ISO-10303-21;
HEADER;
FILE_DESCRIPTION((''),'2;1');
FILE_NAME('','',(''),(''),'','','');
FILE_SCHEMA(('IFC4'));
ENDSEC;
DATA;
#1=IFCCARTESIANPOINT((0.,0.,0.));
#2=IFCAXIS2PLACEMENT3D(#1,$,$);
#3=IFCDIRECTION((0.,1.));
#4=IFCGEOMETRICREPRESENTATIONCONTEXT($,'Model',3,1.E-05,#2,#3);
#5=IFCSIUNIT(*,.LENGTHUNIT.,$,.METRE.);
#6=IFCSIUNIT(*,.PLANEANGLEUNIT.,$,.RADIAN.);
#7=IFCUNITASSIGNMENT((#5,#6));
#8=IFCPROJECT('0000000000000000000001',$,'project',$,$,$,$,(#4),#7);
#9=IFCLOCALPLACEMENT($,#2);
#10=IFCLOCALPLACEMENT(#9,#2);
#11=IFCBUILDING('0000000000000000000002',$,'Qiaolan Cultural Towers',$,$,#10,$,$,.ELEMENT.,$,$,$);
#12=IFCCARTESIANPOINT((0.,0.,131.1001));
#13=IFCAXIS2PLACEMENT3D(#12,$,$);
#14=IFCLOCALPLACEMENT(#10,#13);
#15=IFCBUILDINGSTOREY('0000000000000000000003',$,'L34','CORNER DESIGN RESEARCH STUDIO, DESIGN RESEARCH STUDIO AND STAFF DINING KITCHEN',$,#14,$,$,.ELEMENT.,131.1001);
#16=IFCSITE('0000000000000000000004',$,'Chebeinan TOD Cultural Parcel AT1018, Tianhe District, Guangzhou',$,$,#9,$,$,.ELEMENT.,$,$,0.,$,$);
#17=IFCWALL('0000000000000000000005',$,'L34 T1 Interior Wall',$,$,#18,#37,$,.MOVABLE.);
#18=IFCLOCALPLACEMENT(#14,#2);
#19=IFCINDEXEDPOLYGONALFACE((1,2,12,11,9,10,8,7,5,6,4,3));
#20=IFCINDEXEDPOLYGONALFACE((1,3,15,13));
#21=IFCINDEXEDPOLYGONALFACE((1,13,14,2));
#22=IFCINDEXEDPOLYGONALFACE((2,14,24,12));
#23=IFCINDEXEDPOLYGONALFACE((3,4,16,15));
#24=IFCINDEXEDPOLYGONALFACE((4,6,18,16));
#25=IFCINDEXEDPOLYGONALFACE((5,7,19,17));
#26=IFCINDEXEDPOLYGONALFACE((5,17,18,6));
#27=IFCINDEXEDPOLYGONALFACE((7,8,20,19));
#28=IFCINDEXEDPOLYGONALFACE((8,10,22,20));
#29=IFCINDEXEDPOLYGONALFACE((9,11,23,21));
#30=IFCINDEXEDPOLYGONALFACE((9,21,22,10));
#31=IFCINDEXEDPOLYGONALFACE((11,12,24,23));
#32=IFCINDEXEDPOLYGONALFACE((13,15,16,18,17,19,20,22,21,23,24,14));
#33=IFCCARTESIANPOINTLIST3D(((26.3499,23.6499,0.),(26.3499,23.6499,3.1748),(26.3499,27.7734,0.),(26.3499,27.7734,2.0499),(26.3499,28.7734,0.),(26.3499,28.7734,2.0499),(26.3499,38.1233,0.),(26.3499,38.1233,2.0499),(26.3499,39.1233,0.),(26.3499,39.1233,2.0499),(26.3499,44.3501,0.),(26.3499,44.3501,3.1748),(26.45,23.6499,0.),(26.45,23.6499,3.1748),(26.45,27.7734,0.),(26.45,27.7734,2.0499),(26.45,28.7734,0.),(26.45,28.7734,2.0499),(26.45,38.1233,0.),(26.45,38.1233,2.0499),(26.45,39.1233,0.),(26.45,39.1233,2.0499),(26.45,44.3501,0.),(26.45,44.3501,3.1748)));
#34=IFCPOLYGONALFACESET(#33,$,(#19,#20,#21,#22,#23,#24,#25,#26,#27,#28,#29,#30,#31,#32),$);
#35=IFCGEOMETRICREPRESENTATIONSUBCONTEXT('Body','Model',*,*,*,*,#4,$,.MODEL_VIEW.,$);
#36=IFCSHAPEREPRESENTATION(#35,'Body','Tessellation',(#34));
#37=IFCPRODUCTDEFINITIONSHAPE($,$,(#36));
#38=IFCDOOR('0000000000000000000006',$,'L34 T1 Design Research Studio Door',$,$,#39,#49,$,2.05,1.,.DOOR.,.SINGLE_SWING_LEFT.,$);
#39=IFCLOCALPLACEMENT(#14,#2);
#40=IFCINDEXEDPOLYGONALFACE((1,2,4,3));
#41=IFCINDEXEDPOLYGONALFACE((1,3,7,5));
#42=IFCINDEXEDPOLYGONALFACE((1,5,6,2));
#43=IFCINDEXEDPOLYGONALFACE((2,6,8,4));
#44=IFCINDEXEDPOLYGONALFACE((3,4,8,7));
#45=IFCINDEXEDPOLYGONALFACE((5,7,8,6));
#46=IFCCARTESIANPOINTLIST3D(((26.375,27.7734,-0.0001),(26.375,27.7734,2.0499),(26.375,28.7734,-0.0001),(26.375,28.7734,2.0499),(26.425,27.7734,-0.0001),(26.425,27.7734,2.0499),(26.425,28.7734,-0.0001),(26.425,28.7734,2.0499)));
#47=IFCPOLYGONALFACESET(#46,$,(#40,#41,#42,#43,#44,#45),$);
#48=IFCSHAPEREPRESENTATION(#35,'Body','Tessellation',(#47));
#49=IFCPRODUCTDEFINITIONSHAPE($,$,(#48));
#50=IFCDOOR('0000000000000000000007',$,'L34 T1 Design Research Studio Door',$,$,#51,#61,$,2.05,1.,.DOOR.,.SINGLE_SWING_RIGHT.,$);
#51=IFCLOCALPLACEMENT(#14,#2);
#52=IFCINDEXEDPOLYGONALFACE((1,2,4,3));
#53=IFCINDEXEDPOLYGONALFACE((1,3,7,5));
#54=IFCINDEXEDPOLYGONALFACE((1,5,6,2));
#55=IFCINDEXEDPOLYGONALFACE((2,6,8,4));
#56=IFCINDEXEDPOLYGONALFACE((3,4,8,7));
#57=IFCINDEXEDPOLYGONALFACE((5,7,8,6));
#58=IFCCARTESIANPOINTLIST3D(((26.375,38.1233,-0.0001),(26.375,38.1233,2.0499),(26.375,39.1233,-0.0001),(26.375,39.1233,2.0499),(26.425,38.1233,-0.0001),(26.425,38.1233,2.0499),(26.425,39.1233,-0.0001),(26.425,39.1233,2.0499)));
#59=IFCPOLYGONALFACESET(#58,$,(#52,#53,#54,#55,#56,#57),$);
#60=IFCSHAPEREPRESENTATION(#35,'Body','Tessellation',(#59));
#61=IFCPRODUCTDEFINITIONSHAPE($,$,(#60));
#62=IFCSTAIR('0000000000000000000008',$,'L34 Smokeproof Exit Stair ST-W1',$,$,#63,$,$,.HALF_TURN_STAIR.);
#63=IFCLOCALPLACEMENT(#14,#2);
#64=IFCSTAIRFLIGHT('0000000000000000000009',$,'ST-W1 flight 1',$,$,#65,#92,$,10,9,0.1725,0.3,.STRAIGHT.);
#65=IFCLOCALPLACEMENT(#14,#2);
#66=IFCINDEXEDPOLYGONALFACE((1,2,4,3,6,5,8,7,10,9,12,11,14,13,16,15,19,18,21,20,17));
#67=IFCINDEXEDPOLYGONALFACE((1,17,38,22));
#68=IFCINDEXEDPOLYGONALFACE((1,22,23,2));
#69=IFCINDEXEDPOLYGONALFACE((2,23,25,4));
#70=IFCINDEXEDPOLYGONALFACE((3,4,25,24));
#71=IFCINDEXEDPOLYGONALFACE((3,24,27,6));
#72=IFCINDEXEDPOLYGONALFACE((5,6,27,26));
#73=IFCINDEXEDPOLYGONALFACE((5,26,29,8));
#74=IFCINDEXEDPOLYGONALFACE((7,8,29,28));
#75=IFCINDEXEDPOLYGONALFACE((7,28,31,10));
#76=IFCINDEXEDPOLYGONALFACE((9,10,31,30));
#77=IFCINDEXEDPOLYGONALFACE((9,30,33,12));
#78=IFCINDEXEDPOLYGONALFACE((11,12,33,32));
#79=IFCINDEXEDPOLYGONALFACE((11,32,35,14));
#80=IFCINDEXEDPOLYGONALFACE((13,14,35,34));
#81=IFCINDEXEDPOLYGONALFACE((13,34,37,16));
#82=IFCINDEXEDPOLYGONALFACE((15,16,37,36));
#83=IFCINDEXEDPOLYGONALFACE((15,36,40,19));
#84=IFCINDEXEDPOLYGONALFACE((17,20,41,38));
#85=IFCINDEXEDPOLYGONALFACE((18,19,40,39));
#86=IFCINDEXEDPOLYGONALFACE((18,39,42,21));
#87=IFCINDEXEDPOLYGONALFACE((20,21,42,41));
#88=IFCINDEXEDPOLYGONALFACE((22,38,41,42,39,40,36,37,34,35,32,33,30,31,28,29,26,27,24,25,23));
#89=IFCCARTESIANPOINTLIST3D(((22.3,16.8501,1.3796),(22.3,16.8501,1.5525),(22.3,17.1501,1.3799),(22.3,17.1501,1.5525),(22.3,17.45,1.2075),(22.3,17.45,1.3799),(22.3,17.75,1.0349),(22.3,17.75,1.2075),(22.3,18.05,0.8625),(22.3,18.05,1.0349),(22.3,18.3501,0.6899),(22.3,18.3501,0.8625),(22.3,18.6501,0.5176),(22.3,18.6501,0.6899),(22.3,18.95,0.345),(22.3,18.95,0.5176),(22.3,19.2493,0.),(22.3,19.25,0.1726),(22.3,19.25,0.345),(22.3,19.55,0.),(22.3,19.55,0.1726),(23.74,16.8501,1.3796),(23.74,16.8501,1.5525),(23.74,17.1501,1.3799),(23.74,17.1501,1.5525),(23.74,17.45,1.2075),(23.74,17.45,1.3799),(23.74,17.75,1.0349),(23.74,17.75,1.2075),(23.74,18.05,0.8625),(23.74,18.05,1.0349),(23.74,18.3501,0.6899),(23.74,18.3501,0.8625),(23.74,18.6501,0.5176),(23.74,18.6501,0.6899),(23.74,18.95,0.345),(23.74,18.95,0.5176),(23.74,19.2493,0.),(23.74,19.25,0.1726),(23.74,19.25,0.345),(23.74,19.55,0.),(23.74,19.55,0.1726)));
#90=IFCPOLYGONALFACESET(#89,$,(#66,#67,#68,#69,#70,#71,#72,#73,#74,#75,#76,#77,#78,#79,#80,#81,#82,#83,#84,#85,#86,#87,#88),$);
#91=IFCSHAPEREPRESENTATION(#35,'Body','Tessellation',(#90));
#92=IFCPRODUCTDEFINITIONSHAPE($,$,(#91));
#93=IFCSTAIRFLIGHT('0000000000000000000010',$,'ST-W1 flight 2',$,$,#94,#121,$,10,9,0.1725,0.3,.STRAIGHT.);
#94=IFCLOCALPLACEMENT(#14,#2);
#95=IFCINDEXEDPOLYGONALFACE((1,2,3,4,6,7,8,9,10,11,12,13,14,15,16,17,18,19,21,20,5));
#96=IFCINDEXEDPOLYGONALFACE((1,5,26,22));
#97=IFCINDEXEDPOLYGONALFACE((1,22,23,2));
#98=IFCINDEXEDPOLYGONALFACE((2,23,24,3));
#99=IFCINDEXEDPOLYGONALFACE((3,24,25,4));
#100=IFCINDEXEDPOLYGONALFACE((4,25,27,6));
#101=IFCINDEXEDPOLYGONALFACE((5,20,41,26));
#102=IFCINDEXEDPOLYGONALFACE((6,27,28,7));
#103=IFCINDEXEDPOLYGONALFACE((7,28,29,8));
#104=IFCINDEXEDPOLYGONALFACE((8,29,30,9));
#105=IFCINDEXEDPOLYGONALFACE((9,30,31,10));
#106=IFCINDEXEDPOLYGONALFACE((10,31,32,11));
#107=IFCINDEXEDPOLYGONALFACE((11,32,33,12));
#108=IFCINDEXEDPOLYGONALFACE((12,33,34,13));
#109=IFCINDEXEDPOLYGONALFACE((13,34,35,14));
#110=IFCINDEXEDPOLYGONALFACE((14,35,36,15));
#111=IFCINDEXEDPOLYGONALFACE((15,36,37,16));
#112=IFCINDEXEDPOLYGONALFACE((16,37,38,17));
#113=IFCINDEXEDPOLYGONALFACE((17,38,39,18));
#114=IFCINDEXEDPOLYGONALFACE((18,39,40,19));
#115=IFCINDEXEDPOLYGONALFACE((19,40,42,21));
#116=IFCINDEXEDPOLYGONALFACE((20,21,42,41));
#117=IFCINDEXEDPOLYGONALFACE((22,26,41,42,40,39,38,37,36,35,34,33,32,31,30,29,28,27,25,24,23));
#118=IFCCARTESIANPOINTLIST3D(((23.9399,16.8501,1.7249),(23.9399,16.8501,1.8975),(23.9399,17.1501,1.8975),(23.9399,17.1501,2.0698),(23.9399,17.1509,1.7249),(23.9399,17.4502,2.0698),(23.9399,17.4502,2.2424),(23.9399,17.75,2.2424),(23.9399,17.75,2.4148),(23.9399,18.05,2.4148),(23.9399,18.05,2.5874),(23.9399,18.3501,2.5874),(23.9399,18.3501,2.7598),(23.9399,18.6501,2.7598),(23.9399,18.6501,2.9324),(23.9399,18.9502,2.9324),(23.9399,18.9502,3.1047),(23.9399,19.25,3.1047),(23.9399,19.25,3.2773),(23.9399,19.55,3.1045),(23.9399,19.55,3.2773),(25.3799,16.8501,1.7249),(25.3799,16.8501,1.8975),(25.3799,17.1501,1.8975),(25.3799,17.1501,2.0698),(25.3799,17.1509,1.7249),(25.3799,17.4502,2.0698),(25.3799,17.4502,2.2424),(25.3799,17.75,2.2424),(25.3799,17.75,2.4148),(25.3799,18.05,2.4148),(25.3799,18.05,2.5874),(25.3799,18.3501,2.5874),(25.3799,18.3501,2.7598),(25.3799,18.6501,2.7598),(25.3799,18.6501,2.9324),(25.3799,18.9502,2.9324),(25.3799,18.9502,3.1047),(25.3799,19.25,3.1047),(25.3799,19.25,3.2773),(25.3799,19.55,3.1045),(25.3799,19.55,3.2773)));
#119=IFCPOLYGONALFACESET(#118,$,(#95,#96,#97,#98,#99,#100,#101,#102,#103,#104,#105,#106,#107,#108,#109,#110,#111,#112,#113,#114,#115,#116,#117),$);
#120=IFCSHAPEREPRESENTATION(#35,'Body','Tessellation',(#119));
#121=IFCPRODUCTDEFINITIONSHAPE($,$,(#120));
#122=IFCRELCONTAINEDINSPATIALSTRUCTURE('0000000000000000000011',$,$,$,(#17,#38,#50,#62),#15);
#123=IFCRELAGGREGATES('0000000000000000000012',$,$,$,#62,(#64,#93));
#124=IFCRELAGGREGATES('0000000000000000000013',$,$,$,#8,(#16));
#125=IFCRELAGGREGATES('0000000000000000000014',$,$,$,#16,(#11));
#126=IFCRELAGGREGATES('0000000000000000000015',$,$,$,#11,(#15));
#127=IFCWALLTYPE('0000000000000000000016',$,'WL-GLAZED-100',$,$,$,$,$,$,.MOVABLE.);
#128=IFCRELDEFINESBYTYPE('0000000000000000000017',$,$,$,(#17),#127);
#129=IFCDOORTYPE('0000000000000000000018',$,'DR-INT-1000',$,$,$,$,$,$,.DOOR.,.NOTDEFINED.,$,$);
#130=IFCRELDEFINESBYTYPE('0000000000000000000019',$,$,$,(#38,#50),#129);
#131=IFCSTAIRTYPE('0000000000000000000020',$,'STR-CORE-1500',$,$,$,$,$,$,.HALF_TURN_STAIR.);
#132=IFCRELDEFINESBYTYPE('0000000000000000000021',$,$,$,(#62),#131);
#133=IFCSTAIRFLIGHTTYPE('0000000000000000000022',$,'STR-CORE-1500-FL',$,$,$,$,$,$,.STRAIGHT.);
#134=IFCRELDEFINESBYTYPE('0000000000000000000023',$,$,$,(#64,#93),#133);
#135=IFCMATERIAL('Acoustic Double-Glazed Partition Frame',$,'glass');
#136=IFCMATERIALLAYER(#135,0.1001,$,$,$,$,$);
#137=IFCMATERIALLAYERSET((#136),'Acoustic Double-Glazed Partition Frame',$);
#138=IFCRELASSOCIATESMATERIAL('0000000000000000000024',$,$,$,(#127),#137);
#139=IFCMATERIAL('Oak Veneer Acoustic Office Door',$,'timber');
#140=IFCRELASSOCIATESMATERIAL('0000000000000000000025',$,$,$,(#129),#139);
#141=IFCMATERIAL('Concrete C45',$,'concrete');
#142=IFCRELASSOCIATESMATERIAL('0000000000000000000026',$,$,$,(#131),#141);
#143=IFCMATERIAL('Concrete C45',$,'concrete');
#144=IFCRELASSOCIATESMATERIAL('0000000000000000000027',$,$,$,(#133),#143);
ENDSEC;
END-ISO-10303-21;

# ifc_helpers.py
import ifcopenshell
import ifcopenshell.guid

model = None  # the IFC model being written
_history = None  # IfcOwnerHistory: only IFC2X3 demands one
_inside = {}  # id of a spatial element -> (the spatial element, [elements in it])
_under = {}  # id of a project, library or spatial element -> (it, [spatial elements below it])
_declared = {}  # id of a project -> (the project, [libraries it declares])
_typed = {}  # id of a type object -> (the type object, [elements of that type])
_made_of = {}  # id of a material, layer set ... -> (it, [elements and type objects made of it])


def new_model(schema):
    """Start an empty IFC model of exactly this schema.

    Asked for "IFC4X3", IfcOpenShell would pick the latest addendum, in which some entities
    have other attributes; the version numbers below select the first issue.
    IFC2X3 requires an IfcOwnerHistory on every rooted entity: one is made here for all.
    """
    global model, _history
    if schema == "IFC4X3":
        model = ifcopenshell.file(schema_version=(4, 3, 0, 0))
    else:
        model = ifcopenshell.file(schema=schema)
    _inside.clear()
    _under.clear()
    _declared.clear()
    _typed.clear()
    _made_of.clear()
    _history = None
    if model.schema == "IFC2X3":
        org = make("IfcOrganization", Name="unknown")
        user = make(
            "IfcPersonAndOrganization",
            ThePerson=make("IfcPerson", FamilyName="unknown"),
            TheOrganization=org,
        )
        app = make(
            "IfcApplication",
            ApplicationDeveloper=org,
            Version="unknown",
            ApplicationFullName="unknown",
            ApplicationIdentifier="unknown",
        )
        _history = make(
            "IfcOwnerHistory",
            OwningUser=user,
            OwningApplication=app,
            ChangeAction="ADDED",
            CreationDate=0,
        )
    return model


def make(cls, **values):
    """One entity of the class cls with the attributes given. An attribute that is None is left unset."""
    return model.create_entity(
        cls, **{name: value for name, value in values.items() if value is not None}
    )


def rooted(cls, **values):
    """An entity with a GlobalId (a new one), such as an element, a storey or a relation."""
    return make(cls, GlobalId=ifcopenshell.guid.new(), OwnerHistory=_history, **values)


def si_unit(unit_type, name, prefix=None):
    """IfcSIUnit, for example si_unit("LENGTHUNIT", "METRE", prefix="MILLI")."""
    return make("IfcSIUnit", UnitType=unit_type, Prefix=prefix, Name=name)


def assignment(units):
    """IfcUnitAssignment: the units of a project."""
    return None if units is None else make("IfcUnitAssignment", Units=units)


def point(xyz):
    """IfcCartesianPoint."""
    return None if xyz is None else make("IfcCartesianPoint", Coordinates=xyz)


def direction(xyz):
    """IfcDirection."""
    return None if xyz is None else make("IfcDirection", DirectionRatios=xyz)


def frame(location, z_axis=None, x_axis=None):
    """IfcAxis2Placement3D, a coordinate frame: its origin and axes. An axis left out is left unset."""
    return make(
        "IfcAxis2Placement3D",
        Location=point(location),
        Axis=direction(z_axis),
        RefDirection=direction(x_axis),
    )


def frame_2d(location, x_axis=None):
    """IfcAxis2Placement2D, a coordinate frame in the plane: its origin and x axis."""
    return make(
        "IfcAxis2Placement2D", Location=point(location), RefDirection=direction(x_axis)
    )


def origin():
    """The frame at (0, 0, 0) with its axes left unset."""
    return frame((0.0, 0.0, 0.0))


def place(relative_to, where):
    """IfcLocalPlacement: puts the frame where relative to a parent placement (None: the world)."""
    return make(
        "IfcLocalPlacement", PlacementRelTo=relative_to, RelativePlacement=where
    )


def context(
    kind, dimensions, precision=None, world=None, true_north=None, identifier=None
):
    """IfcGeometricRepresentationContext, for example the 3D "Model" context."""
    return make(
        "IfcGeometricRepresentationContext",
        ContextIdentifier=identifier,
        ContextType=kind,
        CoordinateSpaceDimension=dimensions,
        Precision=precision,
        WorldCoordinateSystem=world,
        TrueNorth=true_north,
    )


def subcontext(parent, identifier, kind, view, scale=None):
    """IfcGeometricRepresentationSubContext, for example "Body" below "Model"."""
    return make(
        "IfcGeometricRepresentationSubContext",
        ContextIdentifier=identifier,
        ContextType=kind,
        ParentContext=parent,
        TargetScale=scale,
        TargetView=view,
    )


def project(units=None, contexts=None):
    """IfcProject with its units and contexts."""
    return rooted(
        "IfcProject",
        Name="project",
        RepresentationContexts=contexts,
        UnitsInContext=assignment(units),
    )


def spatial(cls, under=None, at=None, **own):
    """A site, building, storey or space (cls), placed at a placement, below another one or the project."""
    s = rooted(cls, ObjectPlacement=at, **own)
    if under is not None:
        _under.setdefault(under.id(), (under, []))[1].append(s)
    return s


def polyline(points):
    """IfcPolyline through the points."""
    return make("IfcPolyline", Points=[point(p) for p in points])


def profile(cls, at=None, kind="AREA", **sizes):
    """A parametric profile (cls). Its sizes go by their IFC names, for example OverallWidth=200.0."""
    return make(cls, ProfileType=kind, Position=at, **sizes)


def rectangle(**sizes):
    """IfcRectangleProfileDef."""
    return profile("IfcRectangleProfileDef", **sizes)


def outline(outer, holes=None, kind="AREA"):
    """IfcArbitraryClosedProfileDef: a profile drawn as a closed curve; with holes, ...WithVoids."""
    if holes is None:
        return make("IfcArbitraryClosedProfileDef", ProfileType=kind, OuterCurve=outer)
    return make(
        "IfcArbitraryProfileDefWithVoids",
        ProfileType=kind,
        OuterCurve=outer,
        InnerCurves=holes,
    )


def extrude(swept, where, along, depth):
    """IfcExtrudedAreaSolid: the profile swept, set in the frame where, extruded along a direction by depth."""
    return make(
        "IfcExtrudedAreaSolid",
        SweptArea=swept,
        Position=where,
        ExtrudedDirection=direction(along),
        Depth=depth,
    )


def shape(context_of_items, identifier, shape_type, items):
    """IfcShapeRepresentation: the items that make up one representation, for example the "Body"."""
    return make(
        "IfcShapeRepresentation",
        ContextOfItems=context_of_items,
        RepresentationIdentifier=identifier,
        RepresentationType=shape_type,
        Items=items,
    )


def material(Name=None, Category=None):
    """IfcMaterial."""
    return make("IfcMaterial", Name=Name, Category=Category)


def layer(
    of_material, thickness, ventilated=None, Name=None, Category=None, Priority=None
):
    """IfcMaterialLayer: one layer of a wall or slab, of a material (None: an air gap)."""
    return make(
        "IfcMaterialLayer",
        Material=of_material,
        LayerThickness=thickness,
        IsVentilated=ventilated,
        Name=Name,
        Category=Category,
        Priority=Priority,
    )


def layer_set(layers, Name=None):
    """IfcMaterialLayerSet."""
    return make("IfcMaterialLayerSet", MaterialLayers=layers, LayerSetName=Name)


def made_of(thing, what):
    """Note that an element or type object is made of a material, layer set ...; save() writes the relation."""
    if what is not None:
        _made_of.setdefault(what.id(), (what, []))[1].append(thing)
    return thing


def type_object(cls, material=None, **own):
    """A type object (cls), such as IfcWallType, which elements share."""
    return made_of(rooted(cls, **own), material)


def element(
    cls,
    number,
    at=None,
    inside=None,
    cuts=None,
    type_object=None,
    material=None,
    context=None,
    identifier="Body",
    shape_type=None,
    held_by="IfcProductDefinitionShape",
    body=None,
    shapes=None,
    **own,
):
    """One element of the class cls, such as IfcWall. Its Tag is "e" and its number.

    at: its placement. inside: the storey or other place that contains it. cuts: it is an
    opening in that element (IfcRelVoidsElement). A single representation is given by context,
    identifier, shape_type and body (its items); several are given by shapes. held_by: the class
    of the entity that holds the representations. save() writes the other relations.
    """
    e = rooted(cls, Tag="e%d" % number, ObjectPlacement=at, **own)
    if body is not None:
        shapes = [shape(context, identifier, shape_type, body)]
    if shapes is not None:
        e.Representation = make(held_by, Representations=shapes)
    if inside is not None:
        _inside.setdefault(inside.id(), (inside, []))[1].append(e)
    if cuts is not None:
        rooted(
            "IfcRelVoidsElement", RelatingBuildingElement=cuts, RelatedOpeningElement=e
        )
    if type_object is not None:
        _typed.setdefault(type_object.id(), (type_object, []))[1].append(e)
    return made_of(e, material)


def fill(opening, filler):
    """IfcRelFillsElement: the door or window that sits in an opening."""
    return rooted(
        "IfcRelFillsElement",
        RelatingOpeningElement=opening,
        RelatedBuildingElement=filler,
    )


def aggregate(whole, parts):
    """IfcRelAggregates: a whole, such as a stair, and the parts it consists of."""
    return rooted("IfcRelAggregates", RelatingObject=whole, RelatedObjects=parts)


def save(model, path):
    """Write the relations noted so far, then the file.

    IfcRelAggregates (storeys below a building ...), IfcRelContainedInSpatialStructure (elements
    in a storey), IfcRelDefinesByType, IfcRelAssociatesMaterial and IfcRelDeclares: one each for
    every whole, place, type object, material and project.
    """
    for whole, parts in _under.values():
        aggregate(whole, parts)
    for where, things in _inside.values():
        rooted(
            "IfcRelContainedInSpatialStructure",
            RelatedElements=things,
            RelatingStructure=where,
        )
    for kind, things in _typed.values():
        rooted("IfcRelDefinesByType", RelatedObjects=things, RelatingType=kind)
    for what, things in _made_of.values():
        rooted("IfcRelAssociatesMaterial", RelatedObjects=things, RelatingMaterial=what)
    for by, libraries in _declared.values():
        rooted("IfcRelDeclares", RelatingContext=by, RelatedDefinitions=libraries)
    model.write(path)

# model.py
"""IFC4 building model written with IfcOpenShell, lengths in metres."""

from ifc_helpers import new_model, si_unit, direction, frame, frame_2d, origin, place, context, subcontext, project, spatial, polyline, rectangle, outline, extrude, material, layer, layer_set, type_object, element, fill, aggregate, save


model = new_model("IFC4")

# Units and contexts
model_context = context("Model", 3, precision=1e-05, world=origin(), true_north=direction((0.0, 1.0)))
body_context = subcontext(model_context, "Body", "Model", "MODEL_VIEW")
ifc_project = project(units=[si_unit("LENGTHUNIT", "METRE"), si_unit("PLANEANGLEUNIT", "RADIAN")], contexts=[model_context])

# Site, building, storey
site_placement = place(None, origin())
site = spatial("IfcSite", under=ifc_project, at=site_placement, Name="Chebeinan TOD Cultural Parcel AT1018, Tianhe District, Guangzhou", CompositionType="ELEMENT", RefElevation=0.0)
building_placement = place(site_placement, origin())
building = spatial("IfcBuilding", under=site, at=building_placement, Name="Qiaolan Cultural Towers", CompositionType="ELEMENT")
storey_placement = place(building_placement, frame((0.0, 0.0, 131.1001)))
storey = spatial("IfcBuildingStorey", under=building, at=storey_placement, Name="L34", Description="CORNER DESIGN RESEARCH STUDIO, DESIGN RESEARCH STUDIO AND STAFF DINING KITCHEN", CompositionType="ELEMENT", Elevation=131.1001)

# Wall, openings, doors
ifc_material_1 = material(Name="Acoustic Double-Glazed Partition Frame", Category="glass")
ifc_layer_1 = layer(ifc_material_1, 0.1001)
ifc_layer_set_1 = layer_set([ifc_layer_1], Name="Acoustic Double-Glazed Partition Frame")
wall_type_1 = type_object("IfcWallType", Name="WL-GLAZED-100", PredefinedType="MOVABLE", material=ifc_layer_set_1)
wall_1_placement = place(storey_placement, frame((26.3999, 23.6499, 0.0), z_axis=(0.0, 0.0, 1.0), x_axis=(0.0, 1.0, 0.0)))
wall_1 = element("IfcWall", 1, at=wall_1_placement, inside=storey, type_object=wall_type_1, Name="L34 T1 Interior Wall", PredefinedType="MOVABLE", context=body_context, shape_type="SweptSolid", body=[
    extrude(rectangle(XDim=20.7002, YDim=0.1001, at=frame_2d((10.3501, 0.0))), origin(), (0.0, 0.0, 1.0), 3.1748),
])
opening_1_placement = place(wall_1_placement, frame((4.1235, 0.0, 0.0)))
opening_1 = element("IfcOpeningElement", 2, at=opening_1_placement, cuts=wall_1, PredefinedType="OPENING", context=body_context, shape_type="SweptSolid", body=[
    extrude(rectangle(XDim=1.0, YDim=2.05, at=frame_2d((0.5, 1.0249))), frame((0.0, 0.0601, 0.0), z_axis=(0.0, -1.0, 0.0), x_axis=(1.0, 0.0, 0.0)), (0.0, 0.0, 1.0), 0.1201),
])
opening_2_placement = place(wall_1_placement, frame((14.4734, 0.0, 0.0)))
opening_2 = element("IfcOpeningElement", 3, at=opening_2_placement, cuts=wall_1, PredefinedType="OPENING", context=body_context, shape_type="SweptSolid", body=[
    extrude(rectangle(XDim=1.0, YDim=2.05, at=frame_2d((0.5, 1.0249))), frame((0.0, 0.0601, 0.0), z_axis=(0.0, -1.0, 0.0), x_axis=(1.0, 0.0, 0.0)), (0.0, 0.0, 1.0), 0.1201),
])
ifc_material_2 = material(Name="Oak Veneer Acoustic Office Door", Category="timber")
door_type_1 = type_object("IfcDoorType", Name="DR-INT-1000", OperationType="NOTDEFINED", PredefinedType="DOOR", material=ifc_material_2)
door_1_placement = place(opening_1_placement, origin())
door_1 = element("IfcDoor", 4, at=door_1_placement, inside=storey, type_object=door_type_1, Name="L34 T1 Design Research Studio Door", OperationType="SINGLE_SWING_LEFT", OverallHeight=2.05, OverallWidth=1.0, PredefinedType="DOOR", context=body_context, shape_type="SweptSolid", body=[
    extrude(rectangle(XDim=1.0, YDim=2.05, at=frame_2d((0.5, 1.0249))), frame((0.0, 0.0249, 0.0), z_axis=(0.0, -1.0, 0.0), x_axis=(1.0, 0.0, 0.0)), (0.0, 0.0, 1.0), 0.05),
])
fill(opening_1, door_1)
door_2_placement = place(opening_2_placement, origin())
door_2 = element("IfcDoor", 5, at=door_2_placement, inside=storey, type_object=door_type_1, Name="L34 T1 Design Research Studio Door", OperationType="SINGLE_SWING_RIGHT", OverallHeight=2.05, OverallWidth=1.0, PredefinedType="DOOR", context=body_context, shape_type="SweptSolid", body=[
    extrude(rectangle(XDim=1.0, YDim=2.05, at=frame_2d((0.5, 1.0249))), frame((0.0, 0.0249, 0.0), z_axis=(0.0, -1.0, 0.0), x_axis=(1.0, 0.0, 0.0)), (0.0, 0.0, 1.0), 0.05),
])
fill(opening_2, door_2)

# Stair, stair flights
ifc_material_3 = material(Name="Concrete C45", Category="concrete")
stair_type = type_object("IfcStairType", Name="STR-CORE-1500", PredefinedType="HALF_TURN_STAIR", material=ifc_material_3)
stair_placement = place(storey_placement, origin())
stair = element("IfcStair", 6, at=stair_placement, inside=storey, type_object=stair_type, Name="L34 Smokeproof Exit Stair ST-W1", PredefinedType="HALF_TURN_STAIR")
ifc_material_4 = material(Name="Concrete C45", Category="concrete")
stair_flight_type = type_object("IfcStairFlightType", Name="STR-CORE-1500-FL", PredefinedType="STRAIGHT", material=ifc_material_4)
stair_flight_1_placement = place(storey_placement, frame((23.02, 19.55, 0.0), z_axis=(0.0, 0.0, 1.0), x_axis=(0.0, -1.0, 0.0)))
stair_flight_1 = element("IfcStairFlight", 7, at=stair_flight_1_placement, type_object=stair_flight_type, Name="ST-W1 flight 1", NumberOfRisers=10, NumberOfTreads=9, PredefinedType="STRAIGHT", RiserHeight=0.1725, TreadLength=0.3, context=body_context, shape_type="SweptSolid", body=[
    extrude(outline(polyline([(0.0, 0.0), (0.0, 0.1726), (0.3, 0.1726), (0.3, 0.345), (0.6001, 0.345), (0.6001, 0.5176), (0.8999, 0.5176), (0.8999, 0.6899), (1.2, 0.6899), (1.2, 0.8625), (1.5, 0.8625), (1.5, 1.0349), (1.8, 1.0349), (1.8, 1.2075), (2.1001, 1.2075), (2.1001, 1.3799), (2.3999, 1.3799), (2.3999, 1.5525), (2.7, 1.5525), (2.7, 1.7251), (2.7, 1.3796), (0.3008, 0.0), (0.0, 0.0)])), frame((0.0, 0.72, 0.0), z_axis=(0.0, -1.0, 0.0), x_axis=(1.0, 0.0, 0.0)), (0.0, 0.0, 1.0), 1.4399),
])
stair_flight_2_placement = place(storey_placement, frame((24.6599, 16.8501, 1.7249), z_axis=(0.0, 0.0, 1.0), x_axis=(0.0, 1.0, 0.0)))
stair_flight_2 = element("IfcStairFlight", 8, at=stair_flight_2_placement, type_object=stair_flight_type, Name="ST-W1 flight 2", NumberOfRisers=10, NumberOfTreads=9, PredefinedType="STRAIGHT", RiserHeight=0.1725, TreadLength=0.3, context=body_context, shape_type="SweptSolid", body=[
    extrude(outline(polyline([(0.0, 0.0), (0.0, 0.1726), (0.3, 0.1726), (0.3, 0.345), (0.6001, 0.345), (0.6001, 0.5176), (0.8999, 0.5176), (0.8999, 0.6899), (1.2, 0.6899), (1.2, 0.8625), (1.5, 0.8625), (1.5, 1.0349), (1.8, 1.0349), (1.8, 1.2075), (2.1001, 1.2075), (2.1001, 1.3799), (2.3999, 1.3799), (2.3999, 1.5525), (2.7, 1.5525), (2.7, 1.7251), (2.7, 1.3796), (0.3008, 0.0), (0.0, 0.0)])), frame((0.0, 0.72, 0.0), z_axis=(0.0, -1.0, 0.0), x_axis=(1.0, 0.0, 0.0)), (0.0, 0.0, 1.0), 1.4399),
])
aggregate(stair, [stair_flight_1, stair_flight_2])

save(model, "model.ifc")
